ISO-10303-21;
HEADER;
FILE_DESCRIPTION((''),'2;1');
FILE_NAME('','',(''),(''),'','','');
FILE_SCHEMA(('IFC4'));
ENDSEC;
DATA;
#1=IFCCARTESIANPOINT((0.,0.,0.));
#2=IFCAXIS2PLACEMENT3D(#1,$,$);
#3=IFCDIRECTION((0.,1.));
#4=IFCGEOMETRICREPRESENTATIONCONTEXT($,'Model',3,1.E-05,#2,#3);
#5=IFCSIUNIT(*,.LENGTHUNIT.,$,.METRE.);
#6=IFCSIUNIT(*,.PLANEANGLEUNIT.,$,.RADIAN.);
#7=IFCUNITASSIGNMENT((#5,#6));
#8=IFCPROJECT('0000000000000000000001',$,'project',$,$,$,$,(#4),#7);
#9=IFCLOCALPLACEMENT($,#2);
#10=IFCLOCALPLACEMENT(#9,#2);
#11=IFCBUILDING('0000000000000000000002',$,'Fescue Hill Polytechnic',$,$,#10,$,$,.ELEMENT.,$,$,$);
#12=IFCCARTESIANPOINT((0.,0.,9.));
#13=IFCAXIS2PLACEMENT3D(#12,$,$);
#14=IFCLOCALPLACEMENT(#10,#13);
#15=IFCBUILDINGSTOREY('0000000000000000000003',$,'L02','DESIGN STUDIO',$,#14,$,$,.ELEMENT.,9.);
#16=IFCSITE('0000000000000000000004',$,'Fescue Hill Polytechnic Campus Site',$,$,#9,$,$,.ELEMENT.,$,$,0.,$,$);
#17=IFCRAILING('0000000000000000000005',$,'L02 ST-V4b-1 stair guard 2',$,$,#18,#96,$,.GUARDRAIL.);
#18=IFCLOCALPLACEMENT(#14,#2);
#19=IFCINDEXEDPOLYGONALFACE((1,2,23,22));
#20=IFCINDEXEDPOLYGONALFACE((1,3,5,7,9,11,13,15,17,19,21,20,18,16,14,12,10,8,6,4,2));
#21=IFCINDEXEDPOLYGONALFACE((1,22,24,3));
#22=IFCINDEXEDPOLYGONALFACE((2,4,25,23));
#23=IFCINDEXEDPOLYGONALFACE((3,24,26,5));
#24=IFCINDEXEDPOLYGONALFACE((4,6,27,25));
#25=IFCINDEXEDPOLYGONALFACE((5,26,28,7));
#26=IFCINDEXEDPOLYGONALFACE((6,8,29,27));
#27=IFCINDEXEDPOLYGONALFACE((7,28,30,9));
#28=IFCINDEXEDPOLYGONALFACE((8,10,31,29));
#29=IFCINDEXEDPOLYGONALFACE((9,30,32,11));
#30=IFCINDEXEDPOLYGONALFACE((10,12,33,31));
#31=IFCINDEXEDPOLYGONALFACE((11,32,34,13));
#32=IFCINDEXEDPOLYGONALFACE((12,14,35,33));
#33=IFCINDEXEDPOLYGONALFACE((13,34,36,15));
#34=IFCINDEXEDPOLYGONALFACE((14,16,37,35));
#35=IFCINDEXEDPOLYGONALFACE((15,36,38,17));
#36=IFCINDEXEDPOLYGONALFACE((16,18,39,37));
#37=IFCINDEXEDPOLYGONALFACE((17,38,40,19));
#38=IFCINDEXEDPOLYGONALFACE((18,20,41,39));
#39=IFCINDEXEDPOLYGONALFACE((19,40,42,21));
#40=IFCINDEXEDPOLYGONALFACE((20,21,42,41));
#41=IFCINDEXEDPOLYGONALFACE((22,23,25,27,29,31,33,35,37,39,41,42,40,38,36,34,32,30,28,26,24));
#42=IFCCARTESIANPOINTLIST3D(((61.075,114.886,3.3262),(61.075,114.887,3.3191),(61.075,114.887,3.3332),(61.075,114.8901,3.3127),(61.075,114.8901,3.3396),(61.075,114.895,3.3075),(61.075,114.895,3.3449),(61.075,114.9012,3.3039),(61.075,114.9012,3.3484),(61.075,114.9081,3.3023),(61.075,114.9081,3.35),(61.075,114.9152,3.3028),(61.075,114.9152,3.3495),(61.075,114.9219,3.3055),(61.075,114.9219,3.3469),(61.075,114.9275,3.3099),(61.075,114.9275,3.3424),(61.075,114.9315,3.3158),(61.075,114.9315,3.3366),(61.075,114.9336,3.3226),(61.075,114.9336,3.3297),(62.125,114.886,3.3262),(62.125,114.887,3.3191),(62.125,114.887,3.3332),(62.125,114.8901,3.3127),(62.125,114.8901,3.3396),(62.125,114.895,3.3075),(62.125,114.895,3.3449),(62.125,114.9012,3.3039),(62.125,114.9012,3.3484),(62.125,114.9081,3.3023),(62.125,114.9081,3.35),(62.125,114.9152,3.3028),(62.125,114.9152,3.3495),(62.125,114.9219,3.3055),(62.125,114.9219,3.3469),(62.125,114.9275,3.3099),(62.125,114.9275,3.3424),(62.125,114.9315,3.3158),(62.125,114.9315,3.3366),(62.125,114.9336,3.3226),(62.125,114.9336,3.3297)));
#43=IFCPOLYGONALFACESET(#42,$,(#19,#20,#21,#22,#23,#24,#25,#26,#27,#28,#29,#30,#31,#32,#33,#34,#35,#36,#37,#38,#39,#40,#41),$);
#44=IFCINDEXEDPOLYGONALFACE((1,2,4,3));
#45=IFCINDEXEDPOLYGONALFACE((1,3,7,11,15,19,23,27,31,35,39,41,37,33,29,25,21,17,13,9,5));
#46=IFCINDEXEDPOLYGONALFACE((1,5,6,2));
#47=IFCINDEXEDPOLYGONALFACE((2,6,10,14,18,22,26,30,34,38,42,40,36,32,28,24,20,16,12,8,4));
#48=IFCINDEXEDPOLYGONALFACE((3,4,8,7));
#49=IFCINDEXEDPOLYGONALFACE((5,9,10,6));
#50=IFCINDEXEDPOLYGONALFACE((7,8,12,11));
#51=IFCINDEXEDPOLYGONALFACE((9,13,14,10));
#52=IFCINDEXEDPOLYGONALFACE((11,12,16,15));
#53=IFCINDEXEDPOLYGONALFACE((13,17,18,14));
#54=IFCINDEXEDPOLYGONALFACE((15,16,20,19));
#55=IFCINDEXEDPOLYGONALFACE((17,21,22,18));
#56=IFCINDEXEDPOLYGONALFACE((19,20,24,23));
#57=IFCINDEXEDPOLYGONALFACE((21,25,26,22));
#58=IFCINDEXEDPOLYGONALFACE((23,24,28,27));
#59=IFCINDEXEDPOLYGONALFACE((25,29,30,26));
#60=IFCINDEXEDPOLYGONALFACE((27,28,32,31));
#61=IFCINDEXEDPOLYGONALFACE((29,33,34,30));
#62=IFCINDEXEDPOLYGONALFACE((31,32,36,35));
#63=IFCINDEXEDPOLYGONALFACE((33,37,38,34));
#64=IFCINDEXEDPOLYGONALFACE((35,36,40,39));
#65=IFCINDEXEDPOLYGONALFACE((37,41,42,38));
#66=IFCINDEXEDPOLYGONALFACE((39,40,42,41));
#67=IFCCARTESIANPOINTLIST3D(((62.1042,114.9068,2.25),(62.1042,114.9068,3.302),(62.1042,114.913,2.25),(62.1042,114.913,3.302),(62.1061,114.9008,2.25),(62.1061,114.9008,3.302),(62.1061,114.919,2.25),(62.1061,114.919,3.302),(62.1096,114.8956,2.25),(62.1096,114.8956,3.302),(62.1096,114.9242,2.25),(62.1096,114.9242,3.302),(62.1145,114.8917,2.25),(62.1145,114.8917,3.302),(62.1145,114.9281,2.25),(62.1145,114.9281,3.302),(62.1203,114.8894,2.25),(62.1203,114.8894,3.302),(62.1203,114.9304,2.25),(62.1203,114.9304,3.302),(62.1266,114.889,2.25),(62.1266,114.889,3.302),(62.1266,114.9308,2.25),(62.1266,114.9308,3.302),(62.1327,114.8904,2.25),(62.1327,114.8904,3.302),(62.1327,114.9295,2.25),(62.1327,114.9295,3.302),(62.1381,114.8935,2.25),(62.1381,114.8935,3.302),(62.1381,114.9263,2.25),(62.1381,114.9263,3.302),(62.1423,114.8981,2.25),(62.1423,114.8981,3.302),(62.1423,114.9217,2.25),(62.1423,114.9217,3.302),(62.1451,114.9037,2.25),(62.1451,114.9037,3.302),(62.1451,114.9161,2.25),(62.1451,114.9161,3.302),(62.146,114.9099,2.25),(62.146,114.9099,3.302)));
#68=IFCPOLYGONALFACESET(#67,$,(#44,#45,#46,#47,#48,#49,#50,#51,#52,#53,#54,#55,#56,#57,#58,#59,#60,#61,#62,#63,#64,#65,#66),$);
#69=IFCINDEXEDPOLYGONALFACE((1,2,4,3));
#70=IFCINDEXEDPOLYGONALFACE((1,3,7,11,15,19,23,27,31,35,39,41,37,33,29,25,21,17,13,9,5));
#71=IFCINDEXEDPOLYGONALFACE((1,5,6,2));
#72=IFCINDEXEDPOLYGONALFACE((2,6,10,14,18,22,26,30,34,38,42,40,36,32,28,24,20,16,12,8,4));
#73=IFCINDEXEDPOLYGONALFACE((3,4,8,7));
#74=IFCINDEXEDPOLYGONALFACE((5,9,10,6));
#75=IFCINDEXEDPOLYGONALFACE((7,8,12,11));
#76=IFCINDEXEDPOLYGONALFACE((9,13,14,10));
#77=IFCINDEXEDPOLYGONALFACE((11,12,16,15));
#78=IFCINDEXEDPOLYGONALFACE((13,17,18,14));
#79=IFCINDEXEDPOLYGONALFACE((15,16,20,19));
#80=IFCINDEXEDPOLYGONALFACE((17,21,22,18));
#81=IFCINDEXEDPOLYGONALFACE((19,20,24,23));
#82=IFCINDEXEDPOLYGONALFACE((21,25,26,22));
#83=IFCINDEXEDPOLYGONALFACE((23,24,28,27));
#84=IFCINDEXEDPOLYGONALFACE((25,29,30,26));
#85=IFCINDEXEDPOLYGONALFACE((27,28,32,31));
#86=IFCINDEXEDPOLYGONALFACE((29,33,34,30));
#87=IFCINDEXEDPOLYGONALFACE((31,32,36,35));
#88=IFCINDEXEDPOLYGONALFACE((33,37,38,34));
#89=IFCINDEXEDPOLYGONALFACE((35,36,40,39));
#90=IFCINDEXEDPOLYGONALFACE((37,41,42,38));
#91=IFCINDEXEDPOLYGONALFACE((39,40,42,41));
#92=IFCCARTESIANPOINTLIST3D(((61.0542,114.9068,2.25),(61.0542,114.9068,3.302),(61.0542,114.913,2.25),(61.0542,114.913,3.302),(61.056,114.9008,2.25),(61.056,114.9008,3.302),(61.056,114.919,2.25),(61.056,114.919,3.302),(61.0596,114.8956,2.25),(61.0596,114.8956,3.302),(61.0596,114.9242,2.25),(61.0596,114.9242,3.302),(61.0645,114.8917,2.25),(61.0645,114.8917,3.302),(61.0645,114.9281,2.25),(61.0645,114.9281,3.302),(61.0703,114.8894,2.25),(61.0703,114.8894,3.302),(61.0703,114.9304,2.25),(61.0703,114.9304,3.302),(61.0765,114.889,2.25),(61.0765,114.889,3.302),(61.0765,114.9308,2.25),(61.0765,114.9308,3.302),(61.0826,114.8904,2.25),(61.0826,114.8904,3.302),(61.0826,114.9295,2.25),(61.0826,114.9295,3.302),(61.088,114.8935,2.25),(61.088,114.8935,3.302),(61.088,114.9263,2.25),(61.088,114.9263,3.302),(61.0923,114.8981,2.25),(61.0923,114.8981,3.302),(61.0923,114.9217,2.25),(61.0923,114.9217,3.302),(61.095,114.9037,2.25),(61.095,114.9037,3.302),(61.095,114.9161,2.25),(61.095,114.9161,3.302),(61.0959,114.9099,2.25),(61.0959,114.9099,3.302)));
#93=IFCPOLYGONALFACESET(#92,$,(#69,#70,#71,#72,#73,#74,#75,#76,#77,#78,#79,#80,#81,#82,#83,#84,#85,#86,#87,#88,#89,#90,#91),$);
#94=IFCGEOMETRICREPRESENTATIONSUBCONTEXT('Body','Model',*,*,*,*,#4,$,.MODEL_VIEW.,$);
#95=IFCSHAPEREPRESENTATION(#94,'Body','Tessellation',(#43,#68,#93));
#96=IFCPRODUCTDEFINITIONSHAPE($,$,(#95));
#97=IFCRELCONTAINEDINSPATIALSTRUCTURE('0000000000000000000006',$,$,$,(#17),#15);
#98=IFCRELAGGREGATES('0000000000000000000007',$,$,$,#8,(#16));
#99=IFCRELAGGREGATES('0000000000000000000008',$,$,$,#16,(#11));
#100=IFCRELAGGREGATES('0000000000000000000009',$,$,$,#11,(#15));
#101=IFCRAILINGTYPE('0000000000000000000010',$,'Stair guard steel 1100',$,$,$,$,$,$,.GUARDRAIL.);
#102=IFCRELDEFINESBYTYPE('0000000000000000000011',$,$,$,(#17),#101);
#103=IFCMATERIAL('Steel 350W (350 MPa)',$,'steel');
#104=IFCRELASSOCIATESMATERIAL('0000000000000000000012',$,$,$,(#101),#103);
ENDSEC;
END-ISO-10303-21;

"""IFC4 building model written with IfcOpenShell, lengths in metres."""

from ifc_helpers import new_model, si_unit, direction, frame, origin, origin_2d, place, context, subcontext, project, spatial, circle, extrude, material, type_object, element, save


model = new_model("IFC4")

# Units and contexts
model_context = context("Model", 3, precision=1e-05, world=origin(), true_north=direction((0.0, 1.0)))
body_context = subcontext(model_context, "Body", "Model", "MODEL_VIEW")
ifc_project = project(units=[si_unit("LENGTHUNIT", "METRE"), si_unit("PLANEANGLEUNIT", "RADIAN")], contexts=[model_context])

# Site, building, storey
site_placement = place(None, origin())
site = spatial("IfcSite", under=ifc_project, at=site_placement, Name="Fescue Hill Polytechnic Campus Site", CompositionType="ELEMENT", RefElevation=0.0)
building_placement = place(site_placement, origin())
building = spatial("IfcBuilding", under=site, at=building_placement, Name="Fescue Hill Polytechnic", CompositionType="ELEMENT")
storey_placement = place(building_placement, frame((0.0, 0.0, 9.0)))
storey = spatial("IfcBuildingStorey", under=building, at=storey_placement, Name="L02", Description="DESIGN STUDIO", CompositionType="ELEMENT", Elevation=9.0)

# Railing
ifc_material_1 = material(Name="Steel 350W (350 MPa)", Category="steel")
railing_type_1 = type_object("IfcRailingType", Name="Stair guard steel 1100", PredefinedType="GUARDRAIL", material=ifc_material_1)
railing_1_placement = place(storey_placement, frame((62.125, 114.9099, 2.25)))
element("IfcRailing", 1, at=railing_1_placement, inside=storey, type_object=railing_type_1, Name="L02 ST-V4b-1 stair guard 2", PredefinedType="GUARDRAIL", context=body_context, shape_type="SweptSolid", body=[
    extrude(circle(Radius=0.0239, at=origin_2d()), frame((0.0, 0.0, 1.0762), z_axis=(-1.0, 0.0, 0.0), x_axis=(0.0, -1.0, 0.0)), (0.0, 0.0, 1.0), 1.05),
    extrude(circle(Radius=0.021, at=origin_2d()), origin(), (0.0, 0.0, 1.0), 1.052),
    extrude(circle(Radius=0.021, at=origin_2d()), frame((-1.05, 0.0, 0.0)), (0.0, 0.0, 1.0), 1.052),
])

save(model, "model.ifc")
